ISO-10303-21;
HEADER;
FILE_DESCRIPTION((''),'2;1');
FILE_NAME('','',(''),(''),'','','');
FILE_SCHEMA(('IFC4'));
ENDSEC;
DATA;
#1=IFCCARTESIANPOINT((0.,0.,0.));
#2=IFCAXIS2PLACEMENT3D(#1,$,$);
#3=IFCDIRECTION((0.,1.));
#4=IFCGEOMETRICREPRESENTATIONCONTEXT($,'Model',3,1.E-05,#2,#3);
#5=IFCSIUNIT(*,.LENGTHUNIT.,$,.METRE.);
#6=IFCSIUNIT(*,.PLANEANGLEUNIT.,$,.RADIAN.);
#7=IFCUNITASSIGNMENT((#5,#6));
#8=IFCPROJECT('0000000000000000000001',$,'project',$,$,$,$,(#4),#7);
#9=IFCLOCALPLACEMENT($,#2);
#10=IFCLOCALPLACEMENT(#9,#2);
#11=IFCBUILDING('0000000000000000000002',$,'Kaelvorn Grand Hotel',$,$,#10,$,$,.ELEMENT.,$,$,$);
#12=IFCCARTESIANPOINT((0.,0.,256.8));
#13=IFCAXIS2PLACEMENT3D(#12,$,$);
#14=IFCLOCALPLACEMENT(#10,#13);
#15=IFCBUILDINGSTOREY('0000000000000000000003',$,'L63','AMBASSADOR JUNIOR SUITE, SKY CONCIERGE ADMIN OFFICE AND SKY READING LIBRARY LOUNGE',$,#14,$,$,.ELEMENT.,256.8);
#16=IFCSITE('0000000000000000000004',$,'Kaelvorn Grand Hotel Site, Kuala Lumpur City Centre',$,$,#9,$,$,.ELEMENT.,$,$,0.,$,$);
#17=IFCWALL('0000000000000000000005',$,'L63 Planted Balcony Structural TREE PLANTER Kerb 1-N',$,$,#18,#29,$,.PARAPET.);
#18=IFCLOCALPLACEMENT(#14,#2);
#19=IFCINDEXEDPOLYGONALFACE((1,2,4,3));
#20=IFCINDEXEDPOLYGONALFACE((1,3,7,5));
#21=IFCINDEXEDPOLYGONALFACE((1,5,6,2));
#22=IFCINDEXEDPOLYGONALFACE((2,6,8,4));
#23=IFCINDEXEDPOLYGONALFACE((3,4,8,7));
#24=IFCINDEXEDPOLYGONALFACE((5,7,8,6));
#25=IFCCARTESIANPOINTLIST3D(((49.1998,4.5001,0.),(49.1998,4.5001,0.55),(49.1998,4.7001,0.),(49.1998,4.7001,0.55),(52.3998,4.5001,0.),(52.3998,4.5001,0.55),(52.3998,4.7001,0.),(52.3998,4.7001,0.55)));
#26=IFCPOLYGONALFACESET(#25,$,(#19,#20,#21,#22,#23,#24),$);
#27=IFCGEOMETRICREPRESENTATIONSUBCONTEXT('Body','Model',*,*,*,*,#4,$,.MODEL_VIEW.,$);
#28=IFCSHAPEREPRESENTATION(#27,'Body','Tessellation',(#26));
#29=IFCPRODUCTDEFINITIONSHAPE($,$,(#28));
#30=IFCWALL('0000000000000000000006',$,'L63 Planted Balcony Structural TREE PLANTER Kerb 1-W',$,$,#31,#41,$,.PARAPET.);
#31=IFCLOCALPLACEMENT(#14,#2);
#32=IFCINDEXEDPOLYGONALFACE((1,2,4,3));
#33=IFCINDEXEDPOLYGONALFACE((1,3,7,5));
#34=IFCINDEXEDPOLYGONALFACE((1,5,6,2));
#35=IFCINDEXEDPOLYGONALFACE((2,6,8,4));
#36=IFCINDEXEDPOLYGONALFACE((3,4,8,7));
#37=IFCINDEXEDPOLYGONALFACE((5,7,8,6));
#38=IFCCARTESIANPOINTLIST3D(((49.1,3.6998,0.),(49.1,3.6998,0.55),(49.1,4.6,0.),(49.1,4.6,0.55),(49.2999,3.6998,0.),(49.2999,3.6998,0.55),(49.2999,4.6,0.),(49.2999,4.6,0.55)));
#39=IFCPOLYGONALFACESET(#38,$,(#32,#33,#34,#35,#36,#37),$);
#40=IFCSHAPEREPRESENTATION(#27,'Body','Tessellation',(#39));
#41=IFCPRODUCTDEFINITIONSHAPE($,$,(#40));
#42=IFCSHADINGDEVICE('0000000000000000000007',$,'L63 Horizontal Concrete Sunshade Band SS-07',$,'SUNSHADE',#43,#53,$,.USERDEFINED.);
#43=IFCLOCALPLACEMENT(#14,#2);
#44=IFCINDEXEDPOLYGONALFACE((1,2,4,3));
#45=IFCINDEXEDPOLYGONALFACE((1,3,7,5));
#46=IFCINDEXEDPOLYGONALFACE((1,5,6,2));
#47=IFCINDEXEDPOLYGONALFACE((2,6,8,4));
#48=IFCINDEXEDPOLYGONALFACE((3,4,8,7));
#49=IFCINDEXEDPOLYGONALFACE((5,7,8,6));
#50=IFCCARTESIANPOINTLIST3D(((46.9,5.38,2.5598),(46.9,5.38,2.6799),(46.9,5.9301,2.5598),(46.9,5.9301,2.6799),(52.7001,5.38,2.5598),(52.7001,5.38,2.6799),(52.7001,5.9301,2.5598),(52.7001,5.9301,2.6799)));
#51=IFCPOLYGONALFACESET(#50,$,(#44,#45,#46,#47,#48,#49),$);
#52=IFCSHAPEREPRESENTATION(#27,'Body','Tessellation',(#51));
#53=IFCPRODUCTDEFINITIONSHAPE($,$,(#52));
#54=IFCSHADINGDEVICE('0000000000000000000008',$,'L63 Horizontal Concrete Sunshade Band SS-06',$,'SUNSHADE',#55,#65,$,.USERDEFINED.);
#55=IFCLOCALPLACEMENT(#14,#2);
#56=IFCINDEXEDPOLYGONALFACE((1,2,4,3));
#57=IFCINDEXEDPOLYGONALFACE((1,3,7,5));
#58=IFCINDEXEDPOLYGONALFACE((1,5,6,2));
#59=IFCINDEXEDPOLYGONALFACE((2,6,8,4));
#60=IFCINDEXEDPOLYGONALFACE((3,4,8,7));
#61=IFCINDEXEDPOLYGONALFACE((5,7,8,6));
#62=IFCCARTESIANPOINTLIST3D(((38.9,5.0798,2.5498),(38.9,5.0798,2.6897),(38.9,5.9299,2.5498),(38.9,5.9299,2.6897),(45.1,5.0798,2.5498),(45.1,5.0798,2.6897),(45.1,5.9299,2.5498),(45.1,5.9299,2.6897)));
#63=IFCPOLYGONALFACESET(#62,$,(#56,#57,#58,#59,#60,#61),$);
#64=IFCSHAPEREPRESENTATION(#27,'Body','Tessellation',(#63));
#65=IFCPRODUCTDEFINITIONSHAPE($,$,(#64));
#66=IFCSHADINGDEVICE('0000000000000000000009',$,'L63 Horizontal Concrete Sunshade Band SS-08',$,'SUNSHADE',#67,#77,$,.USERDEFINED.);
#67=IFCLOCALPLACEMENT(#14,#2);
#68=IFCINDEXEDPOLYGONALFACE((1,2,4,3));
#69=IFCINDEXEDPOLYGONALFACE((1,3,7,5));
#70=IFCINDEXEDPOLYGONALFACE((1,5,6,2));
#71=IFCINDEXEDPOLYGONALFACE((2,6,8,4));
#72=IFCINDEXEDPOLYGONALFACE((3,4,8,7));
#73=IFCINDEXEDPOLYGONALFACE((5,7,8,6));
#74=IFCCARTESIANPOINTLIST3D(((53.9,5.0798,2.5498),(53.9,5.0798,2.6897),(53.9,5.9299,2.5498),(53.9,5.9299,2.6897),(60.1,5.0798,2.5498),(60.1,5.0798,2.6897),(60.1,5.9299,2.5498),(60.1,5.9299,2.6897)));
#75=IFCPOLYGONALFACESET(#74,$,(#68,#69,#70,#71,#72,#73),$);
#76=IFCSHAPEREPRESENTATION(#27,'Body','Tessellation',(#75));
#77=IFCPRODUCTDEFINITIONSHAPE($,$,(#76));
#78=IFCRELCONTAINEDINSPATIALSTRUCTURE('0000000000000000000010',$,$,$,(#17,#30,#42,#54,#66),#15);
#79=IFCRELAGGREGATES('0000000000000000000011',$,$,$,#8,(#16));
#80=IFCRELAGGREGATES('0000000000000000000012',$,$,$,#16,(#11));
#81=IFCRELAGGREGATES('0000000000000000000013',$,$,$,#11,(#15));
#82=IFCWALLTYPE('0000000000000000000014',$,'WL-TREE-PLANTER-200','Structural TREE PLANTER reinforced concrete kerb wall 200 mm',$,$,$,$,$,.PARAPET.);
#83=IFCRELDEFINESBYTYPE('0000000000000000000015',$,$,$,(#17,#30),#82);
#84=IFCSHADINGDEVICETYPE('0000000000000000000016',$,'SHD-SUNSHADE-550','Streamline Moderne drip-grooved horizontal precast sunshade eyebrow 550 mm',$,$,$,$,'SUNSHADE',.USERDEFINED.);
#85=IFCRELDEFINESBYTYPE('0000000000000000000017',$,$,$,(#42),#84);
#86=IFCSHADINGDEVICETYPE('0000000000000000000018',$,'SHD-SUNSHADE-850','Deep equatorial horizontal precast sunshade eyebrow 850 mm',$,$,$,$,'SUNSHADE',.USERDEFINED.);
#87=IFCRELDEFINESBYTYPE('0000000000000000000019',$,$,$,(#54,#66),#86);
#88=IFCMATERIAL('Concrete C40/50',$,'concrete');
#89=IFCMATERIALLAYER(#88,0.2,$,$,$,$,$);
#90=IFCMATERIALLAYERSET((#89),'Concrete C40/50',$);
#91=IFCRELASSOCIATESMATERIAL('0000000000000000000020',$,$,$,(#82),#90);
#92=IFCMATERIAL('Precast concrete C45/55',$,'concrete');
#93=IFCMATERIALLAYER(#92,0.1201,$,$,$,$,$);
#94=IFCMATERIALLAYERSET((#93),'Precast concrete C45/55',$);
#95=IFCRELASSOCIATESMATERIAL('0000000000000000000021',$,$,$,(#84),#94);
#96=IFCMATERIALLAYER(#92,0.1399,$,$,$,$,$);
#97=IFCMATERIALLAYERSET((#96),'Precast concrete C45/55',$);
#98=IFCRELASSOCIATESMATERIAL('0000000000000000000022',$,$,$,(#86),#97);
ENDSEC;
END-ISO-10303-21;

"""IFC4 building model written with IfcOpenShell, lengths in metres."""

from ifc_helpers import new_model, si_unit, direction, frame, frame_2d, origin, origin_2d, place, context, subcontext, project, spatial, rectangle, extrude, material, layer, layer_set, type_object, element, save


model = new_model("IFC4")

# Units and contexts
model_context = context("Model", 3, precision=1e-05, world=origin(), true_north=direction((0.0, 1.0)))
body_context = subcontext(model_context, "Body", "Model", "MODEL_VIEW")
ifc_project = project(units=[si_unit("LENGTHUNIT", "METRE"), si_unit("PLANEANGLEUNIT", "RADIAN")], contexts=[model_context])

# Site, building, storey
site_placement = place(None, origin())
site = spatial("IfcSite", under=ifc_project, at=site_placement, Name="Kaelvorn Grand Hotel Site, Kuala Lumpur City Centre", CompositionType="ELEMENT", RefElevation=0.0)
building_placement = place(site_placement, origin())
building = spatial("IfcBuilding", under=site, at=building_placement, Name="Kaelvorn Grand Hotel", CompositionType="ELEMENT")
storey_placement = place(building_placement, frame((0.0, 0.0, 256.8)))
storey = spatial("IfcBuildingStorey", under=building, at=storey_placement, Name="L63", Description="AMBASSADOR JUNIOR SUITE, SKY CONCIERGE ADMIN OFFICE AND SKY READING LIBRARY LOUNGE", CompositionType="ELEMENT", Elevation=256.8)

# Shared definitions
ifc_material_1 = material(Name="Concrete C40/50", Category="concrete")

# Walls
ifc_layer_1 = layer(ifc_material_1, 0.2)
ifc_layer_set_1 = layer_set([ifc_layer_1], Name="Concrete C40/50")
wall_type_1 = type_object("IfcWallType", Name="WL-TREE-PLANTER-200", Description="Structural TREE PLANTER reinforced concrete kerb wall 200 mm", PredefinedType="PARAPET", material=ifc_layer_set_1)
wall_1_placement = place(storey_placement, frame((52.3999, 4.6001, 0.0), z_axis=(0.0, 0.0, 1.0), x_axis=(-1.0, 0.0, 0.0)))
element("IfcWall", 1, at=wall_1_placement, inside=storey, type_object=wall_type_1, Name="L63 Planted Balcony Structural TREE PLANTER Kerb 1-N", PredefinedType="PARAPET", context=body_context, shape_type="SweptSolid", body=[
    extrude(rectangle(XDim=3.2, YDim=0.2, at=frame_2d((1.6001, 0.0))), origin(), (0.0, 0.0, 1.0), 0.55),
])
wall_2_placement = place(storey_placement, frame((49.2, 4.6001, 0.0), z_axis=(0.0, 0.0, 1.0), x_axis=(0.0, -1.0, 0.0)))
element("IfcWall", 2, at=wall_2_placement, inside=storey, type_object=wall_type_1, Name="L63 Planted Balcony Structural TREE PLANTER Kerb 1-W", PredefinedType="PARAPET", context=body_context, shape_type="SweptSolid", body=[
    extrude(rectangle(XDim=0.9001, YDim=0.2, at=frame_2d((0.4502, 0.0))), origin(), (0.0, 0.0, 1.0), 0.55),
])

# Shading devices
ifc_material_2 = material(Name="Precast concrete C45/55", Category="concrete")
ifc_layer_2 = layer(ifc_material_2, 0.1201)
ifc_layer_set_2 = layer_set([ifc_layer_2], Name="Precast concrete C45/55")
shading_device_type_1 = type_object("IfcShadingDeviceType", Name="SHD-SUNSHADE-550", Description="Streamline Moderne drip-grooved horizontal precast sunshade eyebrow 550 mm", ElementType="SUNSHADE", PredefinedType="USERDEFINED", material=ifc_layer_set_2)
shading_device_placement = place(storey_placement, frame((49.8, 5.655, 2.5598), z_axis=(0.0, 0.0, 1.0), x_axis=(1.0, 0.0, 0.0)))
element("IfcShadingDevice", 3, at=shading_device_placement, inside=storey, type_object=shading_device_type_1, Name="L63 Horizontal Concrete Sunshade Band SS-07", ObjectType="SUNSHADE", PredefinedType="USERDEFINED", context=body_context, shape_type="SweptSolid", body=[
    extrude(rectangle(XDim=5.8, YDim=0.55, at=origin_2d()), origin(), (0.0, 0.0, 1.0), 0.1201),
])
ifc_layer_3 = layer(ifc_material_2, 0.1399)
ifc_layer_set_3 = layer_set([ifc_layer_3], Name="Precast concrete C45/55")
shading_device_type_2 = type_object("IfcShadingDeviceType", Name="SHD-SUNSHADE-850", Description="Deep equatorial horizontal precast sunshade eyebrow 850 mm", ElementType="SUNSHADE", PredefinedType="USERDEFINED", material=ifc_layer_set_3)
for number, where, z_axis, x_axis, name in (
    (4, (42.0, 5.5049, 2.5498), (0.0, 0.0, 1.0), (1.0, 0.0, 0.0), "L63 Horizontal Concrete Sunshade Band SS-06"),
    (5, (57.0, 5.5049, 2.5498), (0.0, 0.0, 1.0), (1.0, 0.0, 0.0), "L63 Horizontal Concrete Sunshade Band SS-08"),
):
    element("IfcShadingDevice", number, at=place(storey_placement, frame(where, z_axis=z_axis, x_axis=x_axis)), inside=storey, type_object=shading_device_type_2, Name=name, ObjectType="SUNSHADE", PredefinedType="USERDEFINED", context=body_context, shape_type="SweptSolid", body=[
        extrude(rectangle(XDim=6.2, YDim=0.8501, at=origin_2d()), origin(), (0.0, 0.0, 1.0), 0.1399),
    ])

save(model, "model.ifc")
